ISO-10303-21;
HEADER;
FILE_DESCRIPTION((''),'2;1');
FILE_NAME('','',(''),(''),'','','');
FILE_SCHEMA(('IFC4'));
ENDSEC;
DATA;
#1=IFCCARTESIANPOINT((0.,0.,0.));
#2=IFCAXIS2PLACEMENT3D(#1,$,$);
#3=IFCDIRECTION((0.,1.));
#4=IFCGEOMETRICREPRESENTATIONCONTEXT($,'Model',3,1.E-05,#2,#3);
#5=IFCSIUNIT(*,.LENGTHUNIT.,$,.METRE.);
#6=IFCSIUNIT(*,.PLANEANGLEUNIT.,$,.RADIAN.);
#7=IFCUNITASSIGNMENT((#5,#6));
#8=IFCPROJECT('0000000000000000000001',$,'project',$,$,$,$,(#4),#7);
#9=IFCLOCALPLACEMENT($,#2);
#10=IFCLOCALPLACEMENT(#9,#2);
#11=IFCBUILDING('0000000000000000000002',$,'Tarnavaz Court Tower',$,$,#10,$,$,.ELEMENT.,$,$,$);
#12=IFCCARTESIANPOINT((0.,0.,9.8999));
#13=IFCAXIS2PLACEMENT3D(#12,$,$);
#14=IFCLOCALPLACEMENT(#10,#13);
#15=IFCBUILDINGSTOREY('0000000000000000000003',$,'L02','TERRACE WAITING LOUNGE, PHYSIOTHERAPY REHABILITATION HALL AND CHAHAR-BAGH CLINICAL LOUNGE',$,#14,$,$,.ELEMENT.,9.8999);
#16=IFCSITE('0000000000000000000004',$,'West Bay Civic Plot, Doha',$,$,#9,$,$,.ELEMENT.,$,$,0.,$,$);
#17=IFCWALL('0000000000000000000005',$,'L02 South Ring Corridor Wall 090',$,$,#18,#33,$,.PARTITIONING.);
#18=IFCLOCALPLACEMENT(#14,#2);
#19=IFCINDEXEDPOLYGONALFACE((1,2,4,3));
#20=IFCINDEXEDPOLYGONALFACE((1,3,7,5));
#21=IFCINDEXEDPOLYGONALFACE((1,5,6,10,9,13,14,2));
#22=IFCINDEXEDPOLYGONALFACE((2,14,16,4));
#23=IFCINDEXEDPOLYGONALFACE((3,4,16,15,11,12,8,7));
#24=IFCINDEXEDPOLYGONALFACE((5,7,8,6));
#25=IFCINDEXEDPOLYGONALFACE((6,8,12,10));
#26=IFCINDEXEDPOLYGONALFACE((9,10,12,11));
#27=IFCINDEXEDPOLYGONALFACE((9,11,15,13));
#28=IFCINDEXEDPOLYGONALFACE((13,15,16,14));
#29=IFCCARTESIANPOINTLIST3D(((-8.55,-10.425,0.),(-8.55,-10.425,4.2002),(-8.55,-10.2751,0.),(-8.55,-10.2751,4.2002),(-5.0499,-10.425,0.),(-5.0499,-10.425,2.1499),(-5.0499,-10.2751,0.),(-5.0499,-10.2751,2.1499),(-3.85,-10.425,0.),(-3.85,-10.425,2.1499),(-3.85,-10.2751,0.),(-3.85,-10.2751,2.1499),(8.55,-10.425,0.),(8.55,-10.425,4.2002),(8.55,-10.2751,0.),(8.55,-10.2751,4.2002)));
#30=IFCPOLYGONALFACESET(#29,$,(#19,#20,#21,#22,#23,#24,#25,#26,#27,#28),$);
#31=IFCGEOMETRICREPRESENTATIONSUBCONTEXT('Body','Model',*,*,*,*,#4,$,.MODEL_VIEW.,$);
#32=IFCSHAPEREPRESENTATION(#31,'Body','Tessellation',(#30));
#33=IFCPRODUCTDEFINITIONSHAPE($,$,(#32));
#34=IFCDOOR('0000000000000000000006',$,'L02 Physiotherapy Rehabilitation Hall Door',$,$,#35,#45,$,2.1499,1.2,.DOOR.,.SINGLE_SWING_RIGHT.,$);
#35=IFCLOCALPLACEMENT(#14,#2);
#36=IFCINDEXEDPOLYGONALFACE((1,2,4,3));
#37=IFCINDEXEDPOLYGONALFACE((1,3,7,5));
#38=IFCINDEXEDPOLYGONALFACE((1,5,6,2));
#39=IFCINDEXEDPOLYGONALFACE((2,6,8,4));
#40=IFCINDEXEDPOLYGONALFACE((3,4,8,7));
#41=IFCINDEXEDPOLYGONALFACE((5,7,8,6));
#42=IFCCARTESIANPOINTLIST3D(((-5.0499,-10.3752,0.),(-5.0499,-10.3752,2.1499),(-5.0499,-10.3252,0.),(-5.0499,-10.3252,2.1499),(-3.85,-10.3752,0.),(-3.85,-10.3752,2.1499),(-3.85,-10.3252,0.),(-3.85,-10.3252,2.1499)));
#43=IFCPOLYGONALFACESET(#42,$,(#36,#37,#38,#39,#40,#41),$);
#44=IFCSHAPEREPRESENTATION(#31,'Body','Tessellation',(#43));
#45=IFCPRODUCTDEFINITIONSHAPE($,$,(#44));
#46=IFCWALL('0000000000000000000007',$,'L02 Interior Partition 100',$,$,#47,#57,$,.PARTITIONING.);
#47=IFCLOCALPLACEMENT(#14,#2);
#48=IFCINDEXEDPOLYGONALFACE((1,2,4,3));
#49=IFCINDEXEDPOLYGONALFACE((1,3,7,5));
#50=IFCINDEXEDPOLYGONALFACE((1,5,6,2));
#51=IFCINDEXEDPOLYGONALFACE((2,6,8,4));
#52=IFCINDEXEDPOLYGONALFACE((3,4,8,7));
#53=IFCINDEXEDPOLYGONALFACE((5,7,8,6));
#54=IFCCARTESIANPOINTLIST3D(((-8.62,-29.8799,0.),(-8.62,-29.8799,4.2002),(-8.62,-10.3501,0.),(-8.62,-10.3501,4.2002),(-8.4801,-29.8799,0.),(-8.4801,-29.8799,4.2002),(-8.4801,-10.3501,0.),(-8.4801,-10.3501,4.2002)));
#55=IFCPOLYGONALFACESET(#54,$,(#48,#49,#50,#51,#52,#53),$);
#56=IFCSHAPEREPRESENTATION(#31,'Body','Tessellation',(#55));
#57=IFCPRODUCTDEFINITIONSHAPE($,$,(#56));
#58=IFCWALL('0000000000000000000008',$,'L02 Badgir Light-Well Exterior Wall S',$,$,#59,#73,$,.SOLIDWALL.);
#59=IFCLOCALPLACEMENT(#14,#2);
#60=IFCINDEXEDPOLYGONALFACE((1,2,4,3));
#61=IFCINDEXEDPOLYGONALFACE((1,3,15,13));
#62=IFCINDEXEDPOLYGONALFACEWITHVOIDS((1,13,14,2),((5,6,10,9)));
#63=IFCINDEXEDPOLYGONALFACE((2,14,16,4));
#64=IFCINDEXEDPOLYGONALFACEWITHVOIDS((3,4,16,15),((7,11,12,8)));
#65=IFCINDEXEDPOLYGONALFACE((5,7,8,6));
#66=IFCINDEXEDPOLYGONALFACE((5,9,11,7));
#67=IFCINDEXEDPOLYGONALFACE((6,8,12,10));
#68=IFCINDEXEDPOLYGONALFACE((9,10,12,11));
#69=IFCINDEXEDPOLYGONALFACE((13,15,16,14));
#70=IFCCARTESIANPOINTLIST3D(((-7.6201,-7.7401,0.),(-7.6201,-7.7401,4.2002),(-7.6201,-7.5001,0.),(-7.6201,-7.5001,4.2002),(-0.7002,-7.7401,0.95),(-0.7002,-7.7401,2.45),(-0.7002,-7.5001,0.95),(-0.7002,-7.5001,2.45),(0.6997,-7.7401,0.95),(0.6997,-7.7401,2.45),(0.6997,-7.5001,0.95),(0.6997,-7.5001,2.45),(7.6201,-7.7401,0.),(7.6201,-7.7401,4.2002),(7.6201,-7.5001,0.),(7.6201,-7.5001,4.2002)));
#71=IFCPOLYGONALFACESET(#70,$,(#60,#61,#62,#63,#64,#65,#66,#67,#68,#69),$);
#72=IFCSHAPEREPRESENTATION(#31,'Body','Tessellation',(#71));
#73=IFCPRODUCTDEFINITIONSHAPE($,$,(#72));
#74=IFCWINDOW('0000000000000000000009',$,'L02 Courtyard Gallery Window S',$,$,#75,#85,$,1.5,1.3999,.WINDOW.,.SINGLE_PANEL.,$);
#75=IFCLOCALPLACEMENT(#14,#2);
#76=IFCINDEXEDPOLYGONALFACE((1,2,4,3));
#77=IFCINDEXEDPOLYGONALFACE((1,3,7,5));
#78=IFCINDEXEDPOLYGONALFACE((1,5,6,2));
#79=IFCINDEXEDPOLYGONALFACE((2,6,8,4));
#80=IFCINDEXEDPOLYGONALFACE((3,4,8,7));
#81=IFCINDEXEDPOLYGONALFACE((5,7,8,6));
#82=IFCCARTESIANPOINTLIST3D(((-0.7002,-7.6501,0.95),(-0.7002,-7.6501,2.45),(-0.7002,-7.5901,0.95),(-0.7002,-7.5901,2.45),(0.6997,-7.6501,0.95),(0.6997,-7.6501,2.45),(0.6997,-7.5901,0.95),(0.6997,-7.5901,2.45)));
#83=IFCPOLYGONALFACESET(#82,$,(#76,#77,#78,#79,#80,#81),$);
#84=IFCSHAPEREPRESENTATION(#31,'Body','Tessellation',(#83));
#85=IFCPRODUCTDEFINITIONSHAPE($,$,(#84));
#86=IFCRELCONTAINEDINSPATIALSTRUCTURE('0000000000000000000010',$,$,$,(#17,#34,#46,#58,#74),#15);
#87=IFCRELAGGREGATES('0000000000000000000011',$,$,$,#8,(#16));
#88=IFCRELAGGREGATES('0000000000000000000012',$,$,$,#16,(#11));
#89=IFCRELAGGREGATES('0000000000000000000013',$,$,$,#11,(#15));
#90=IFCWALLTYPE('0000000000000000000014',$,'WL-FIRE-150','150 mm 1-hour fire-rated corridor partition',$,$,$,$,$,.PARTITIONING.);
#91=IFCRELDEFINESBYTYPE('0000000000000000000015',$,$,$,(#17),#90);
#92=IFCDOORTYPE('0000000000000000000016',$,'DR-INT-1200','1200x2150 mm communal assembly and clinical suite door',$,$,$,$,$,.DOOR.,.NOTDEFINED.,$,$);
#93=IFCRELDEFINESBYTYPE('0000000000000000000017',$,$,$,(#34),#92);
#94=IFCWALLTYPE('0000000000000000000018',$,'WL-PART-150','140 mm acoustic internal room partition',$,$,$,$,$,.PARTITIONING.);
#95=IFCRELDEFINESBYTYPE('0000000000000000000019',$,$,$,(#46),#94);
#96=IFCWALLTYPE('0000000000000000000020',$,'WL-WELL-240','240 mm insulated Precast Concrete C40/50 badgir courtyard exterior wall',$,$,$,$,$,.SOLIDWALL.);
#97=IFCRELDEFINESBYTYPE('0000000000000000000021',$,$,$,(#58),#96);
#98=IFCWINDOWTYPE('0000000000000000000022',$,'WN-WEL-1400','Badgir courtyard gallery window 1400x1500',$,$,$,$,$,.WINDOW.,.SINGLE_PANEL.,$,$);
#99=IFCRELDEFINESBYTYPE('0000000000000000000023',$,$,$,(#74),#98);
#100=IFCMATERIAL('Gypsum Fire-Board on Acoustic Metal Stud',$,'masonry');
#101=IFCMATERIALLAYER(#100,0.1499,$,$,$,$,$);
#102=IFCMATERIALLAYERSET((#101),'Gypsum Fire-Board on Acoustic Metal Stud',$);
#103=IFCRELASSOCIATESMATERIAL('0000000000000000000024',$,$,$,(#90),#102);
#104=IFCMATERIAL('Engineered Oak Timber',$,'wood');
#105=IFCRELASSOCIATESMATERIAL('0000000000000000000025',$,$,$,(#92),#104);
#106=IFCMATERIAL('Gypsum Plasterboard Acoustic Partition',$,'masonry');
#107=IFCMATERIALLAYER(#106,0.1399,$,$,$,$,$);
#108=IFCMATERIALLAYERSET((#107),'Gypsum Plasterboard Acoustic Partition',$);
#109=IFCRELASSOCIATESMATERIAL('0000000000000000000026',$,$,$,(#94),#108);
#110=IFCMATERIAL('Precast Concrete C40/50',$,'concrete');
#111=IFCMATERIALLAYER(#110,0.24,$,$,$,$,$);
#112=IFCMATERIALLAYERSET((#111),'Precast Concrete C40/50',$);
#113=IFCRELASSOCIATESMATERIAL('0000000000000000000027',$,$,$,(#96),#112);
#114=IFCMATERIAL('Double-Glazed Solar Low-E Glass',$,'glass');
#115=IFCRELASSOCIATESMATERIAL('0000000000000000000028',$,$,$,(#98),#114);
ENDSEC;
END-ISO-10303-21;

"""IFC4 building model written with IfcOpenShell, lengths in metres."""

from ifc_helpers import new_model, si_unit, direction, frame, frame_2d, origin, place, context, subcontext, project, spatial, rectangle, extrude, material, layer, layer_set, type_object, element, fill, save


model = new_model("IFC4")

# Units and contexts
model_context = context("Model", 3, precision=1e-05, world=origin(), true_north=direction((0.0, 1.0)))
body_context = subcontext(model_context, "Body", "Model", "MODEL_VIEW")
ifc_project = project(units=[si_unit("LENGTHUNIT", "METRE"), si_unit("PLANEANGLEUNIT", "RADIAN")], contexts=[model_context])

# Site, building, storey
site_placement = place(None, origin())
site = spatial("IfcSite", under=ifc_project, at=site_placement, Name="West Bay Civic Plot, Doha", CompositionType="ELEMENT", RefElevation=0.0)
building_placement = place(site_placement, origin())
building = spatial("IfcBuilding", under=site, at=building_placement, Name="Tarnavaz Court Tower", CompositionType="ELEMENT")
storey_placement = place(building_placement, frame((0.0, 0.0, 9.8999)))
storey = spatial("IfcBuildingStorey", under=building, at=storey_placement, Name="L02", Description="TERRACE WAITING LOUNGE, PHYSIOTHERAPY REHABILITATION HALL AND CHAHAR-BAGH CLINICAL LOUNGE", CompositionType="ELEMENT", Elevation=9.8999)

# Shared definitions
ifc_material_1 = material(Name="Double-Glazed Solar Low-E Glass", Category="glass")

# Wall, opening, door
ifc_material_2 = material(Name="Gypsum Fire-Board on Acoustic Metal Stud", Category="masonry")
ifc_layer_1 = layer(ifc_material_2, 0.1499)
ifc_layer_set_1 = layer_set([ifc_layer_1], Name="Gypsum Fire-Board on Acoustic Metal Stud")
wall_type_1 = type_object("IfcWallType", Name="WL-FIRE-150", Description="150 mm 1-hour fire-rated corridor partition", PredefinedType="PARTITIONING", material=ifc_layer_set_1)
wall_1_placement = place(storey_placement, frame((-8.55, -10.3501, 0.0), z_axis=(0.0, 0.0, 1.0), x_axis=(1.0, 0.0, 0.0)))
wall_1 = element("IfcWall", 1, at=wall_1_placement, inside=storey, type_object=wall_type_1, Name="L02 South Ring Corridor Wall 090", PredefinedType="PARTITIONING", context=body_context, shape_type="SweptSolid", body=[
    extrude(rectangle(XDim=17.1001, YDim=0.1499, at=frame_2d((8.55, 0.0))), origin(), (0.0, 0.0, 1.0), 4.2002),
])
opening_1_placement = place(wall_1_placement, frame((3.5, 0.0, 0.0)))
opening_1 = element("IfcOpeningElement", 2, at=opening_1_placement, cuts=wall_1, PredefinedType="OPENING", context=body_context, shape_type="SweptSolid", body=[
    extrude(rectangle(XDim=1.2, YDim=2.1499, at=frame_2d((0.6001, 1.075))), frame((0.0, 0.085, 0.0), z_axis=(0.0, -1.0, 0.0), x_axis=(1.0, 0.0, 0.0)), (0.0, 0.0, 1.0), 0.1699),
])
ifc_material_3 = material(Name="Engineered Oak Timber", Category="wood")
door_type = type_object("IfcDoorType", Name="DR-INT-1200", Description="1200x2150 mm communal assembly and clinical suite door", OperationType="NOTDEFINED", PredefinedType="DOOR", material=ifc_material_3)
door_placement = place(opening_1_placement, origin())
door = element("IfcDoor", 3, at=door_placement, inside=storey, type_object=door_type, Name="L02 Physiotherapy Rehabilitation Hall Door", OperationType="SINGLE_SWING_RIGHT", OverallHeight=2.1499, OverallWidth=1.2, PredefinedType="DOOR", context=body_context, shape_type="SweptSolid", body=[
    extrude(rectangle(XDim=1.2, YDim=2.1499, at=frame_2d((0.6001, 1.075))), frame((0.0, 0.0249, 0.0), z_axis=(0.0, -1.0, 0.0), x_axis=(1.0, 0.0, 0.0)), (0.0, 0.0, 1.0), 0.05),
])
fill(opening_1, door)

# Wall
ifc_material_4 = material(Name="Gypsum Plasterboard Acoustic Partition", Category="masonry")
ifc_layer_2 = layer(ifc_material_4, 0.1399)
ifc_layer_set_2 = layer_set([ifc_layer_2], Name="Gypsum Plasterboard Acoustic Partition")
wall_type_2 = type_object("IfcWallType", Name="WL-PART-150", Description="140 mm acoustic internal room partition", PredefinedType="PARTITIONING", material=ifc_layer_set_2)
wall_2_placement = place(storey_placement, frame((-8.55, -29.8799, 0.0), z_axis=(0.0, 0.0, 1.0), x_axis=(0.0, 1.0, 0.0)))
element("IfcWall", 4, at=wall_2_placement, inside=storey, type_object=wall_type_2, Name="L02 Interior Partition 100", PredefinedType="PARTITIONING", context=body_context, shape_type="SweptSolid", body=[
    extrude(rectangle(XDim=19.5298, YDim=0.1399, at=frame_2d((9.7649, 0.0))), origin(), (0.0, 0.0, 1.0), 4.2002),
])

# Wall, opening, window
ifc_material_5 = material(Name="Precast Concrete C40/50", Category="concrete")
ifc_layer_3 = layer(ifc_material_5, 0.24)
ifc_layer_set_3 = layer_set([ifc_layer_3], Name="Precast Concrete C40/50")
wall_type_3 = type_object("IfcWallType", Name="WL-WELL-240", Description="240 mm insulated Precast Concrete C40/50 badgir courtyard exterior wall", PredefinedType="SOLIDWALL", material=ifc_layer_set_3)
wall_3_placement = place(storey_placement, frame((-7.6201, -7.6201, 0.0), z_axis=(0.0, 0.0, 1.0), x_axis=(1.0, 0.0, 0.0)))
wall_3 = element("IfcWall", 5, at=wall_3_placement, inside=storey, type_object=wall_type_3, Name="L02 Badgir Light-Well Exterior Wall S", PredefinedType="SOLIDWALL", context=body_context, shape_type="SweptSolid", body=[
    extrude(rectangle(XDim=15.2402, YDim=0.24, at=frame_2d((7.6201, 0.0))), origin(), (0.0, 0.0, 1.0), 4.2002),
])
opening_2_placement = place(wall_3_placement, frame((6.9199, 0.0, 0.95)))
opening_2 = element("IfcOpeningElement", 6, at=opening_2_placement, cuts=wall_3, PredefinedType="OPENING", context=body_context, shape_type="SweptSolid", body=[
    extrude(rectangle(XDim=1.3999, YDim=1.5, at=frame_2d((0.7, 0.75))), frame((0.0, 0.1299, 0.0), z_axis=(0.0, -1.0, 0.0), x_axis=(1.0, 0.0, 0.0)), (0.0, 0.0, 1.0), 0.26),
])
window_type = type_object("IfcWindowType", Name="WN-WEL-1400", Description="Badgir courtyard gallery window 1400x1500", PartitioningType="SINGLE_PANEL", PredefinedType="WINDOW", material=ifc_material_1)
window_placement = place(opening_2_placement, origin())
window = element("IfcWindow", 7, at=window_placement, inside=storey, type_object=window_type, Name="L02 Courtyard Gallery Window S", OverallHeight=1.5, OverallWidth=1.3999, PartitioningType="SINGLE_PANEL", PredefinedType="WINDOW", context=body_context, shape_type="SweptSolid", body=[
    extrude(rectangle(XDim=1.3999, YDim=1.5, at=frame_2d((0.7, 0.75))), frame((0.0, 0.03, 0.0), z_axis=(0.0, -1.0, 0.0), x_axis=(1.0, 0.0, 0.0)), (0.0, 0.0, 1.0), 0.0601),
])
fill(opening_2, window)

save(model, "model.ifc")
